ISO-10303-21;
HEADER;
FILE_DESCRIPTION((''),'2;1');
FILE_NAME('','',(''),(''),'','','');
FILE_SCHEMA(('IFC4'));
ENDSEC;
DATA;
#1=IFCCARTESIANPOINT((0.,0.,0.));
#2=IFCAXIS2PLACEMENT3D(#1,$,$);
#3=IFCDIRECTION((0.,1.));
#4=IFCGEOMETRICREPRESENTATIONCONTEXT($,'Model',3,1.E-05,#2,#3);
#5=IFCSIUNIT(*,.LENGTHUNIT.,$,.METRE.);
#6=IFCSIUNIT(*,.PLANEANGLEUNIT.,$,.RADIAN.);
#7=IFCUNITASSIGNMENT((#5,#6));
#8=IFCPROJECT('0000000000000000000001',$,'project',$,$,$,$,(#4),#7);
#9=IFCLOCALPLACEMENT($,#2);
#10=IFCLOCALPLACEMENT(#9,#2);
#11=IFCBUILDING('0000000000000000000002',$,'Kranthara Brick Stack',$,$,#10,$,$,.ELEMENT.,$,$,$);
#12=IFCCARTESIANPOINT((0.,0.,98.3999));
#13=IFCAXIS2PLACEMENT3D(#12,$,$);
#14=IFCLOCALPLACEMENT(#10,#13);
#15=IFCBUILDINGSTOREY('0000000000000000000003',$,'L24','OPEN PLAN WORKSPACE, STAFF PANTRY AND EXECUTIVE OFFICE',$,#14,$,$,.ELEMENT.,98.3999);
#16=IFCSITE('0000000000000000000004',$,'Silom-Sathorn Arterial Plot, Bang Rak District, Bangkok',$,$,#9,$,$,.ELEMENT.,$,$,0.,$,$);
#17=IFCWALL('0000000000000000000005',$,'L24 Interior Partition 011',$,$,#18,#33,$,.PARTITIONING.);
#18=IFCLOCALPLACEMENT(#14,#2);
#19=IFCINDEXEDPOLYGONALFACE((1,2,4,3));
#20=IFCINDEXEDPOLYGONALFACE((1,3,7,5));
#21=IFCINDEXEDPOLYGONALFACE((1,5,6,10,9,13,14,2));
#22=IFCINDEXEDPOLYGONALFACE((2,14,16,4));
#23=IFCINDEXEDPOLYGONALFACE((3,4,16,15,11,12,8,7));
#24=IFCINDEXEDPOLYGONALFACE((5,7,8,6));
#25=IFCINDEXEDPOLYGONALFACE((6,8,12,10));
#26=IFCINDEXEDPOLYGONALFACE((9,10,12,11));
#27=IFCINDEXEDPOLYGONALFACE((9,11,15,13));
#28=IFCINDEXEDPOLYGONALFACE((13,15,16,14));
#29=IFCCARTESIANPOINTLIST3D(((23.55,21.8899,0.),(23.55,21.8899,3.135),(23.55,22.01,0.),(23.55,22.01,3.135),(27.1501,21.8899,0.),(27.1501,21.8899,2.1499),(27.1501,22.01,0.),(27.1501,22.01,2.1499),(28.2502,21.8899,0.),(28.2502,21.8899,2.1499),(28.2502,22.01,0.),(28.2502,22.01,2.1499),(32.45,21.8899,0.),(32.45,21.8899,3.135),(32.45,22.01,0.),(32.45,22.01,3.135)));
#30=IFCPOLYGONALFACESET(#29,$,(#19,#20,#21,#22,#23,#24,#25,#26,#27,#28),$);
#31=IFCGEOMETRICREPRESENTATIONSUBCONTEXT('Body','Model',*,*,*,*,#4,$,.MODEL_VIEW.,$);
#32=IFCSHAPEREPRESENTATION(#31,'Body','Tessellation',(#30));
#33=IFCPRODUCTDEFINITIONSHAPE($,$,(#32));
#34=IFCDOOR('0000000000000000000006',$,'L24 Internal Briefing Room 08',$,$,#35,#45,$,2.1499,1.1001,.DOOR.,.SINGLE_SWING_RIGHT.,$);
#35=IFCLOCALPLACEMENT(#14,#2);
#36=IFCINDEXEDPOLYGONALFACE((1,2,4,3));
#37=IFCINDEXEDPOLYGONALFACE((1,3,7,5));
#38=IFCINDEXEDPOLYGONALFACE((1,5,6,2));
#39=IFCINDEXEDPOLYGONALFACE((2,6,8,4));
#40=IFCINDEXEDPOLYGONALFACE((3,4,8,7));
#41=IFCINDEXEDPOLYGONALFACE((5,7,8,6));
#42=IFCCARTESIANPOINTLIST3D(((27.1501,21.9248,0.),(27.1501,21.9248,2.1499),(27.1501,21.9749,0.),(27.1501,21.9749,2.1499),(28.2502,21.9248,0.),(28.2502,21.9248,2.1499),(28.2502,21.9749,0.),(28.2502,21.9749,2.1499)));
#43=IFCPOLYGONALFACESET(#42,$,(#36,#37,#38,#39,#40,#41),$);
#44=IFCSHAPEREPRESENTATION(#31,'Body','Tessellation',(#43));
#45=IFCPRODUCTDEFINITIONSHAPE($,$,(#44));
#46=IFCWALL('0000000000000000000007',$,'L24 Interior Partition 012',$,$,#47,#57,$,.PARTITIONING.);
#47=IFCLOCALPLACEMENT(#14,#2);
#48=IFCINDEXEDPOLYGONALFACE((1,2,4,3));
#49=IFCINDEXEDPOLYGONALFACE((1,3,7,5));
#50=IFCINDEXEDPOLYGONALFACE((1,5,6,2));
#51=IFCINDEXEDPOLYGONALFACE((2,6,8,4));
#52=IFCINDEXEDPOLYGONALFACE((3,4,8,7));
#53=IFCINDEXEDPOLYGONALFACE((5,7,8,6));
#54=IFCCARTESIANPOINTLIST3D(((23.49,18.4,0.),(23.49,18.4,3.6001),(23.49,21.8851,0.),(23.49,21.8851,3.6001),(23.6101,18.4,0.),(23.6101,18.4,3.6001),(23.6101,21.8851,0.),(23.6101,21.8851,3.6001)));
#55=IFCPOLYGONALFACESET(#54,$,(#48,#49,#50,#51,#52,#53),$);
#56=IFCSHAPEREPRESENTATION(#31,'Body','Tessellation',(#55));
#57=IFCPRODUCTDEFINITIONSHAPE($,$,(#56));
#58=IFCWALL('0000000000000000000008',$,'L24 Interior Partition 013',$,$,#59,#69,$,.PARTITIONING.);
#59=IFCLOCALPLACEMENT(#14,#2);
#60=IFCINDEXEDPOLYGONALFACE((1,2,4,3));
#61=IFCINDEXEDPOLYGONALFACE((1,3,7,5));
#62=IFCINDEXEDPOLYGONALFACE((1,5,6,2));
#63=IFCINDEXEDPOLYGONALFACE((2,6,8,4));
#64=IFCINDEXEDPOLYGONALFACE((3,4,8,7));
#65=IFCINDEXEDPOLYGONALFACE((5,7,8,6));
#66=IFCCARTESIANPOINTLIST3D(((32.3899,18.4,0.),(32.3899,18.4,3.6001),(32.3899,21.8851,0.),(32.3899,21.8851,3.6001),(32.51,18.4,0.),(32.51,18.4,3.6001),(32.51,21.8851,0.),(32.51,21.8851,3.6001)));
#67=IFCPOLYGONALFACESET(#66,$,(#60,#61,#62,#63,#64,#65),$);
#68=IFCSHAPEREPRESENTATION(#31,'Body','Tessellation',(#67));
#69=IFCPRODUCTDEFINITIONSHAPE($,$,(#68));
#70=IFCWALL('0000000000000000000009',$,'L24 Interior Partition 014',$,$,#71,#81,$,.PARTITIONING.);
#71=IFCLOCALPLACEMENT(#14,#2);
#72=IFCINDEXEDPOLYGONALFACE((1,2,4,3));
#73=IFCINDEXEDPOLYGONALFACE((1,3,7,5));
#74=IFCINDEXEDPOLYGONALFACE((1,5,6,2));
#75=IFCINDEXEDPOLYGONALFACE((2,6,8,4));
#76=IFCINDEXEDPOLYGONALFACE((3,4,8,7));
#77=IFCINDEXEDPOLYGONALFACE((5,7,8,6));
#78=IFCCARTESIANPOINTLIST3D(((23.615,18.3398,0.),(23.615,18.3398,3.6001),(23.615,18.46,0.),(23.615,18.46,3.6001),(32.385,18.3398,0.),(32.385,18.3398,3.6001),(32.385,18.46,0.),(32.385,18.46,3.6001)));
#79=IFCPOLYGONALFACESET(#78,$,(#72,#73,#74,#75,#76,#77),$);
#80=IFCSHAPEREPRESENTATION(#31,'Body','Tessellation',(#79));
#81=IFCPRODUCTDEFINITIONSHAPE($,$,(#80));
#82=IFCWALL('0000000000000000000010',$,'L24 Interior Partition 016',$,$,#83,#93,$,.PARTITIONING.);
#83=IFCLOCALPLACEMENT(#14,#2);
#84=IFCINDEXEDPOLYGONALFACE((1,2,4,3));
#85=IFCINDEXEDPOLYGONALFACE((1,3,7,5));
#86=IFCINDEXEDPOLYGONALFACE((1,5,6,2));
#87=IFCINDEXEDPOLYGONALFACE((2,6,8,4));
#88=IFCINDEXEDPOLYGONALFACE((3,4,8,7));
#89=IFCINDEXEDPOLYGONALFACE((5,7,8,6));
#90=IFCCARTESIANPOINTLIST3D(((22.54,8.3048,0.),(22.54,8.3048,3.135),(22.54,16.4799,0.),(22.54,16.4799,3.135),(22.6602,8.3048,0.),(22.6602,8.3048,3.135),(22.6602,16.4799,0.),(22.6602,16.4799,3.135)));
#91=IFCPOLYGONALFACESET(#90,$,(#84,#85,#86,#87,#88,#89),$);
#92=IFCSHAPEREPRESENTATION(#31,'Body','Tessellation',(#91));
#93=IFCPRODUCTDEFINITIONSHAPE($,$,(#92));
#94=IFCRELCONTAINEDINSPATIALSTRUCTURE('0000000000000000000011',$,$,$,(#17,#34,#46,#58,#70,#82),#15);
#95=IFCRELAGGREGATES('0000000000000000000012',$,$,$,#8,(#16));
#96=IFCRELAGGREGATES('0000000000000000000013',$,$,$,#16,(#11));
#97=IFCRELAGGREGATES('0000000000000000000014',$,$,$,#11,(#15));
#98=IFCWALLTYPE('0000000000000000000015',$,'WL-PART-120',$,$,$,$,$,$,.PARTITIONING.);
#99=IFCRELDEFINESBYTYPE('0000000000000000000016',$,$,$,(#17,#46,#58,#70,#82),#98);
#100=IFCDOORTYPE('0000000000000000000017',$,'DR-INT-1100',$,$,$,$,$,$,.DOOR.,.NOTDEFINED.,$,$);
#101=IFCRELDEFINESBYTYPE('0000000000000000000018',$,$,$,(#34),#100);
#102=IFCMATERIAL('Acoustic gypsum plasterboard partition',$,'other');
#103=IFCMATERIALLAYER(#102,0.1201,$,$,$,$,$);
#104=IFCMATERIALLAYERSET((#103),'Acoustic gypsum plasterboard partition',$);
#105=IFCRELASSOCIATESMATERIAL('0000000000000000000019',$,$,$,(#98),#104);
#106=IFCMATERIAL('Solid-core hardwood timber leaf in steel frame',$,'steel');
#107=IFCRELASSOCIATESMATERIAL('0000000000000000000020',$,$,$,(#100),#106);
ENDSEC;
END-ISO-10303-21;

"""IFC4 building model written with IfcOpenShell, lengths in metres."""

from ifc_helpers import new_model, si_unit, direction, frame, frame_2d, origin, place, context, subcontext, project, spatial, rectangle, extrude, material, layer, layer_set, type_object, element, fill, save


model = new_model("IFC4")

# Units and contexts
model_context = context("Model", 3, precision=1e-05, world=origin(), true_north=direction((0.0, 1.0)))
body_context = subcontext(model_context, "Body", "Model", "MODEL_VIEW")
ifc_project = project(units=[si_unit("LENGTHUNIT", "METRE"), si_unit("PLANEANGLEUNIT", "RADIAN")], contexts=[model_context])

# Site, building, storey
site_placement = place(None, origin())
site = spatial("IfcSite", under=ifc_project, at=site_placement, Name="Silom-Sathorn Arterial Plot, Bang Rak District, Bangkok", CompositionType="ELEMENT", RefElevation=0.0)
building_placement = place(site_placement, origin())
building = spatial("IfcBuilding", under=site, at=building_placement, Name="Kranthara Brick Stack", CompositionType="ELEMENT")
storey_placement = place(building_placement, frame((0.0, 0.0, 98.3999)))
storey = spatial("IfcBuildingStorey", under=building, at=storey_placement, Name="L24", Description="OPEN PLAN WORKSPACE, STAFF PANTRY AND EXECUTIVE OFFICE", CompositionType="ELEMENT", Elevation=98.3999)

# Shared definitions
ifc_material_1 = material(Name="Acoustic gypsum plasterboard partition", Category="other")
ifc_layer = layer(ifc_material_1, 0.1201)
ifc_layer_set = layer_set([ifc_layer], Name="Acoustic gypsum plasterboard partition")
wall_type = type_object("IfcWallType", Name="WL-PART-120", PredefinedType="PARTITIONING", material=ifc_layer_set)

# Wall, opening, door
wall_1_placement = place(storey_placement, frame((23.55, 21.95, 0.0), z_axis=(0.0, 0.0, 1.0), x_axis=(1.0, 0.0, 0.0)))
wall_1 = element("IfcWall", 1, at=wall_1_placement, inside=storey, type_object=wall_type, Name="L24 Interior Partition 011", PredefinedType="PARTITIONING", context=body_context, shape_type="SweptSolid", body=[
    extrude(rectangle(XDim=8.8999, YDim=0.1201, at=frame_2d((4.45, 0.0))), origin(), (0.0, 0.0, 1.0), 3.135),
])
opening_1_placement = place(wall_1_placement, frame((3.6001, 0.0, 0.0)))
opening_1 = element("IfcOpeningElement", 2, at=opening_1_placement, cuts=wall_1, PredefinedType="OPENING", context=body_context, shape_type="SweptSolid", body=[
    extrude(rectangle(XDim=1.1001, YDim=2.1499, at=frame_2d((0.55, 1.075))), frame((0.0, 0.0701, 0.0), z_axis=(0.0, -1.0, 0.0), x_axis=(1.0, 0.0, 0.0)), (0.0, 0.0, 1.0), 0.1401),
])
ifc_material_2 = material(Name="Solid-core hardwood timber leaf in steel frame", Category="steel")
door_type_1 = type_object("IfcDoorType", Name="DR-INT-1100", OperationType="NOTDEFINED", PredefinedType="DOOR", material=ifc_material_2)
door_1_placement = place(opening_1_placement, origin())
door_1 = element("IfcDoor", 3, at=door_1_placement, inside=storey, type_object=door_type_1, Name="L24 Internal Briefing Room 08", OperationType="SINGLE_SWING_RIGHT", OverallHeight=2.1499, OverallWidth=1.1001, PredefinedType="DOOR", context=body_context, shape_type="SweptSolid", body=[
    extrude(rectangle(XDim=1.1001, YDim=2.1499, at=frame_2d((0.55, 1.075))), frame((0.0, 0.0249, 0.0), z_axis=(0.0, -1.0, 0.0), x_axis=(1.0, 0.0, 0.0)), (0.0, 0.0, 1.0), 0.05),
])
fill(opening_1, door_1)

# Walls
for number, where, z_axis, x_axis, name in (
    (4, (23.55, 18.3999, 0.0), (0.0, 0.0, 1.0), (0.0, 1.0, 0.0), "L24 Interior Partition 012"),
    (5, (32.45, 18.3999, 0.0), (0.0, 0.0, 1.0), (0.0, 1.0, 0.0), "L24 Interior Partition 013"),
):
    element("IfcWall", number, at=place(storey_placement, frame(where, z_axis=z_axis, x_axis=x_axis)), inside=storey, type_object=wall_type, Name=name, PredefinedType="PARTITIONING", context=body_context, shape_type="SweptSolid", body=[
        extrude(rectangle(XDim=3.4851, YDim=0.1201, at=frame_2d((1.7427, 0.0))), origin(), (0.0, 0.0, 1.0), 3.6001),
    ])
wall_2_placement = place(storey_placement, frame((23.615, 18.3999, 0.0), z_axis=(0.0, 0.0, 1.0), x_axis=(1.0, 0.0, 0.0)))
element("IfcWall", 6, at=wall_2_placement, inside=storey, type_object=wall_type, Name="L24 Interior Partition 014", PredefinedType="PARTITIONING", context=body_context, shape_type="SweptSolid", body=[
    extrude(rectangle(XDim=8.77, YDim=0.1201, at=frame_2d((4.385, 0.0))), origin(), (0.0, 0.0, 1.0), 3.6001),
])
wall_3_placement = place(storey_placement, frame((22.6001, 8.3049, 0.0), z_axis=(0.0, 0.0, 1.0), x_axis=(0.0, 1.0, 0.0)))
element("IfcWall", 7, at=wall_3_placement, inside=storey, type_object=wall_type, Name="L24 Interior Partition 016", PredefinedType="PARTITIONING", context=body_context, shape_type="SweptSolid", body=[
    extrude(rectangle(XDim=8.175, YDim=0.1201, at=frame_2d((4.0874, 0.0))), origin(), (0.0, 0.0, 1.0), 3.135),
])

save(model, "model.ifc")
